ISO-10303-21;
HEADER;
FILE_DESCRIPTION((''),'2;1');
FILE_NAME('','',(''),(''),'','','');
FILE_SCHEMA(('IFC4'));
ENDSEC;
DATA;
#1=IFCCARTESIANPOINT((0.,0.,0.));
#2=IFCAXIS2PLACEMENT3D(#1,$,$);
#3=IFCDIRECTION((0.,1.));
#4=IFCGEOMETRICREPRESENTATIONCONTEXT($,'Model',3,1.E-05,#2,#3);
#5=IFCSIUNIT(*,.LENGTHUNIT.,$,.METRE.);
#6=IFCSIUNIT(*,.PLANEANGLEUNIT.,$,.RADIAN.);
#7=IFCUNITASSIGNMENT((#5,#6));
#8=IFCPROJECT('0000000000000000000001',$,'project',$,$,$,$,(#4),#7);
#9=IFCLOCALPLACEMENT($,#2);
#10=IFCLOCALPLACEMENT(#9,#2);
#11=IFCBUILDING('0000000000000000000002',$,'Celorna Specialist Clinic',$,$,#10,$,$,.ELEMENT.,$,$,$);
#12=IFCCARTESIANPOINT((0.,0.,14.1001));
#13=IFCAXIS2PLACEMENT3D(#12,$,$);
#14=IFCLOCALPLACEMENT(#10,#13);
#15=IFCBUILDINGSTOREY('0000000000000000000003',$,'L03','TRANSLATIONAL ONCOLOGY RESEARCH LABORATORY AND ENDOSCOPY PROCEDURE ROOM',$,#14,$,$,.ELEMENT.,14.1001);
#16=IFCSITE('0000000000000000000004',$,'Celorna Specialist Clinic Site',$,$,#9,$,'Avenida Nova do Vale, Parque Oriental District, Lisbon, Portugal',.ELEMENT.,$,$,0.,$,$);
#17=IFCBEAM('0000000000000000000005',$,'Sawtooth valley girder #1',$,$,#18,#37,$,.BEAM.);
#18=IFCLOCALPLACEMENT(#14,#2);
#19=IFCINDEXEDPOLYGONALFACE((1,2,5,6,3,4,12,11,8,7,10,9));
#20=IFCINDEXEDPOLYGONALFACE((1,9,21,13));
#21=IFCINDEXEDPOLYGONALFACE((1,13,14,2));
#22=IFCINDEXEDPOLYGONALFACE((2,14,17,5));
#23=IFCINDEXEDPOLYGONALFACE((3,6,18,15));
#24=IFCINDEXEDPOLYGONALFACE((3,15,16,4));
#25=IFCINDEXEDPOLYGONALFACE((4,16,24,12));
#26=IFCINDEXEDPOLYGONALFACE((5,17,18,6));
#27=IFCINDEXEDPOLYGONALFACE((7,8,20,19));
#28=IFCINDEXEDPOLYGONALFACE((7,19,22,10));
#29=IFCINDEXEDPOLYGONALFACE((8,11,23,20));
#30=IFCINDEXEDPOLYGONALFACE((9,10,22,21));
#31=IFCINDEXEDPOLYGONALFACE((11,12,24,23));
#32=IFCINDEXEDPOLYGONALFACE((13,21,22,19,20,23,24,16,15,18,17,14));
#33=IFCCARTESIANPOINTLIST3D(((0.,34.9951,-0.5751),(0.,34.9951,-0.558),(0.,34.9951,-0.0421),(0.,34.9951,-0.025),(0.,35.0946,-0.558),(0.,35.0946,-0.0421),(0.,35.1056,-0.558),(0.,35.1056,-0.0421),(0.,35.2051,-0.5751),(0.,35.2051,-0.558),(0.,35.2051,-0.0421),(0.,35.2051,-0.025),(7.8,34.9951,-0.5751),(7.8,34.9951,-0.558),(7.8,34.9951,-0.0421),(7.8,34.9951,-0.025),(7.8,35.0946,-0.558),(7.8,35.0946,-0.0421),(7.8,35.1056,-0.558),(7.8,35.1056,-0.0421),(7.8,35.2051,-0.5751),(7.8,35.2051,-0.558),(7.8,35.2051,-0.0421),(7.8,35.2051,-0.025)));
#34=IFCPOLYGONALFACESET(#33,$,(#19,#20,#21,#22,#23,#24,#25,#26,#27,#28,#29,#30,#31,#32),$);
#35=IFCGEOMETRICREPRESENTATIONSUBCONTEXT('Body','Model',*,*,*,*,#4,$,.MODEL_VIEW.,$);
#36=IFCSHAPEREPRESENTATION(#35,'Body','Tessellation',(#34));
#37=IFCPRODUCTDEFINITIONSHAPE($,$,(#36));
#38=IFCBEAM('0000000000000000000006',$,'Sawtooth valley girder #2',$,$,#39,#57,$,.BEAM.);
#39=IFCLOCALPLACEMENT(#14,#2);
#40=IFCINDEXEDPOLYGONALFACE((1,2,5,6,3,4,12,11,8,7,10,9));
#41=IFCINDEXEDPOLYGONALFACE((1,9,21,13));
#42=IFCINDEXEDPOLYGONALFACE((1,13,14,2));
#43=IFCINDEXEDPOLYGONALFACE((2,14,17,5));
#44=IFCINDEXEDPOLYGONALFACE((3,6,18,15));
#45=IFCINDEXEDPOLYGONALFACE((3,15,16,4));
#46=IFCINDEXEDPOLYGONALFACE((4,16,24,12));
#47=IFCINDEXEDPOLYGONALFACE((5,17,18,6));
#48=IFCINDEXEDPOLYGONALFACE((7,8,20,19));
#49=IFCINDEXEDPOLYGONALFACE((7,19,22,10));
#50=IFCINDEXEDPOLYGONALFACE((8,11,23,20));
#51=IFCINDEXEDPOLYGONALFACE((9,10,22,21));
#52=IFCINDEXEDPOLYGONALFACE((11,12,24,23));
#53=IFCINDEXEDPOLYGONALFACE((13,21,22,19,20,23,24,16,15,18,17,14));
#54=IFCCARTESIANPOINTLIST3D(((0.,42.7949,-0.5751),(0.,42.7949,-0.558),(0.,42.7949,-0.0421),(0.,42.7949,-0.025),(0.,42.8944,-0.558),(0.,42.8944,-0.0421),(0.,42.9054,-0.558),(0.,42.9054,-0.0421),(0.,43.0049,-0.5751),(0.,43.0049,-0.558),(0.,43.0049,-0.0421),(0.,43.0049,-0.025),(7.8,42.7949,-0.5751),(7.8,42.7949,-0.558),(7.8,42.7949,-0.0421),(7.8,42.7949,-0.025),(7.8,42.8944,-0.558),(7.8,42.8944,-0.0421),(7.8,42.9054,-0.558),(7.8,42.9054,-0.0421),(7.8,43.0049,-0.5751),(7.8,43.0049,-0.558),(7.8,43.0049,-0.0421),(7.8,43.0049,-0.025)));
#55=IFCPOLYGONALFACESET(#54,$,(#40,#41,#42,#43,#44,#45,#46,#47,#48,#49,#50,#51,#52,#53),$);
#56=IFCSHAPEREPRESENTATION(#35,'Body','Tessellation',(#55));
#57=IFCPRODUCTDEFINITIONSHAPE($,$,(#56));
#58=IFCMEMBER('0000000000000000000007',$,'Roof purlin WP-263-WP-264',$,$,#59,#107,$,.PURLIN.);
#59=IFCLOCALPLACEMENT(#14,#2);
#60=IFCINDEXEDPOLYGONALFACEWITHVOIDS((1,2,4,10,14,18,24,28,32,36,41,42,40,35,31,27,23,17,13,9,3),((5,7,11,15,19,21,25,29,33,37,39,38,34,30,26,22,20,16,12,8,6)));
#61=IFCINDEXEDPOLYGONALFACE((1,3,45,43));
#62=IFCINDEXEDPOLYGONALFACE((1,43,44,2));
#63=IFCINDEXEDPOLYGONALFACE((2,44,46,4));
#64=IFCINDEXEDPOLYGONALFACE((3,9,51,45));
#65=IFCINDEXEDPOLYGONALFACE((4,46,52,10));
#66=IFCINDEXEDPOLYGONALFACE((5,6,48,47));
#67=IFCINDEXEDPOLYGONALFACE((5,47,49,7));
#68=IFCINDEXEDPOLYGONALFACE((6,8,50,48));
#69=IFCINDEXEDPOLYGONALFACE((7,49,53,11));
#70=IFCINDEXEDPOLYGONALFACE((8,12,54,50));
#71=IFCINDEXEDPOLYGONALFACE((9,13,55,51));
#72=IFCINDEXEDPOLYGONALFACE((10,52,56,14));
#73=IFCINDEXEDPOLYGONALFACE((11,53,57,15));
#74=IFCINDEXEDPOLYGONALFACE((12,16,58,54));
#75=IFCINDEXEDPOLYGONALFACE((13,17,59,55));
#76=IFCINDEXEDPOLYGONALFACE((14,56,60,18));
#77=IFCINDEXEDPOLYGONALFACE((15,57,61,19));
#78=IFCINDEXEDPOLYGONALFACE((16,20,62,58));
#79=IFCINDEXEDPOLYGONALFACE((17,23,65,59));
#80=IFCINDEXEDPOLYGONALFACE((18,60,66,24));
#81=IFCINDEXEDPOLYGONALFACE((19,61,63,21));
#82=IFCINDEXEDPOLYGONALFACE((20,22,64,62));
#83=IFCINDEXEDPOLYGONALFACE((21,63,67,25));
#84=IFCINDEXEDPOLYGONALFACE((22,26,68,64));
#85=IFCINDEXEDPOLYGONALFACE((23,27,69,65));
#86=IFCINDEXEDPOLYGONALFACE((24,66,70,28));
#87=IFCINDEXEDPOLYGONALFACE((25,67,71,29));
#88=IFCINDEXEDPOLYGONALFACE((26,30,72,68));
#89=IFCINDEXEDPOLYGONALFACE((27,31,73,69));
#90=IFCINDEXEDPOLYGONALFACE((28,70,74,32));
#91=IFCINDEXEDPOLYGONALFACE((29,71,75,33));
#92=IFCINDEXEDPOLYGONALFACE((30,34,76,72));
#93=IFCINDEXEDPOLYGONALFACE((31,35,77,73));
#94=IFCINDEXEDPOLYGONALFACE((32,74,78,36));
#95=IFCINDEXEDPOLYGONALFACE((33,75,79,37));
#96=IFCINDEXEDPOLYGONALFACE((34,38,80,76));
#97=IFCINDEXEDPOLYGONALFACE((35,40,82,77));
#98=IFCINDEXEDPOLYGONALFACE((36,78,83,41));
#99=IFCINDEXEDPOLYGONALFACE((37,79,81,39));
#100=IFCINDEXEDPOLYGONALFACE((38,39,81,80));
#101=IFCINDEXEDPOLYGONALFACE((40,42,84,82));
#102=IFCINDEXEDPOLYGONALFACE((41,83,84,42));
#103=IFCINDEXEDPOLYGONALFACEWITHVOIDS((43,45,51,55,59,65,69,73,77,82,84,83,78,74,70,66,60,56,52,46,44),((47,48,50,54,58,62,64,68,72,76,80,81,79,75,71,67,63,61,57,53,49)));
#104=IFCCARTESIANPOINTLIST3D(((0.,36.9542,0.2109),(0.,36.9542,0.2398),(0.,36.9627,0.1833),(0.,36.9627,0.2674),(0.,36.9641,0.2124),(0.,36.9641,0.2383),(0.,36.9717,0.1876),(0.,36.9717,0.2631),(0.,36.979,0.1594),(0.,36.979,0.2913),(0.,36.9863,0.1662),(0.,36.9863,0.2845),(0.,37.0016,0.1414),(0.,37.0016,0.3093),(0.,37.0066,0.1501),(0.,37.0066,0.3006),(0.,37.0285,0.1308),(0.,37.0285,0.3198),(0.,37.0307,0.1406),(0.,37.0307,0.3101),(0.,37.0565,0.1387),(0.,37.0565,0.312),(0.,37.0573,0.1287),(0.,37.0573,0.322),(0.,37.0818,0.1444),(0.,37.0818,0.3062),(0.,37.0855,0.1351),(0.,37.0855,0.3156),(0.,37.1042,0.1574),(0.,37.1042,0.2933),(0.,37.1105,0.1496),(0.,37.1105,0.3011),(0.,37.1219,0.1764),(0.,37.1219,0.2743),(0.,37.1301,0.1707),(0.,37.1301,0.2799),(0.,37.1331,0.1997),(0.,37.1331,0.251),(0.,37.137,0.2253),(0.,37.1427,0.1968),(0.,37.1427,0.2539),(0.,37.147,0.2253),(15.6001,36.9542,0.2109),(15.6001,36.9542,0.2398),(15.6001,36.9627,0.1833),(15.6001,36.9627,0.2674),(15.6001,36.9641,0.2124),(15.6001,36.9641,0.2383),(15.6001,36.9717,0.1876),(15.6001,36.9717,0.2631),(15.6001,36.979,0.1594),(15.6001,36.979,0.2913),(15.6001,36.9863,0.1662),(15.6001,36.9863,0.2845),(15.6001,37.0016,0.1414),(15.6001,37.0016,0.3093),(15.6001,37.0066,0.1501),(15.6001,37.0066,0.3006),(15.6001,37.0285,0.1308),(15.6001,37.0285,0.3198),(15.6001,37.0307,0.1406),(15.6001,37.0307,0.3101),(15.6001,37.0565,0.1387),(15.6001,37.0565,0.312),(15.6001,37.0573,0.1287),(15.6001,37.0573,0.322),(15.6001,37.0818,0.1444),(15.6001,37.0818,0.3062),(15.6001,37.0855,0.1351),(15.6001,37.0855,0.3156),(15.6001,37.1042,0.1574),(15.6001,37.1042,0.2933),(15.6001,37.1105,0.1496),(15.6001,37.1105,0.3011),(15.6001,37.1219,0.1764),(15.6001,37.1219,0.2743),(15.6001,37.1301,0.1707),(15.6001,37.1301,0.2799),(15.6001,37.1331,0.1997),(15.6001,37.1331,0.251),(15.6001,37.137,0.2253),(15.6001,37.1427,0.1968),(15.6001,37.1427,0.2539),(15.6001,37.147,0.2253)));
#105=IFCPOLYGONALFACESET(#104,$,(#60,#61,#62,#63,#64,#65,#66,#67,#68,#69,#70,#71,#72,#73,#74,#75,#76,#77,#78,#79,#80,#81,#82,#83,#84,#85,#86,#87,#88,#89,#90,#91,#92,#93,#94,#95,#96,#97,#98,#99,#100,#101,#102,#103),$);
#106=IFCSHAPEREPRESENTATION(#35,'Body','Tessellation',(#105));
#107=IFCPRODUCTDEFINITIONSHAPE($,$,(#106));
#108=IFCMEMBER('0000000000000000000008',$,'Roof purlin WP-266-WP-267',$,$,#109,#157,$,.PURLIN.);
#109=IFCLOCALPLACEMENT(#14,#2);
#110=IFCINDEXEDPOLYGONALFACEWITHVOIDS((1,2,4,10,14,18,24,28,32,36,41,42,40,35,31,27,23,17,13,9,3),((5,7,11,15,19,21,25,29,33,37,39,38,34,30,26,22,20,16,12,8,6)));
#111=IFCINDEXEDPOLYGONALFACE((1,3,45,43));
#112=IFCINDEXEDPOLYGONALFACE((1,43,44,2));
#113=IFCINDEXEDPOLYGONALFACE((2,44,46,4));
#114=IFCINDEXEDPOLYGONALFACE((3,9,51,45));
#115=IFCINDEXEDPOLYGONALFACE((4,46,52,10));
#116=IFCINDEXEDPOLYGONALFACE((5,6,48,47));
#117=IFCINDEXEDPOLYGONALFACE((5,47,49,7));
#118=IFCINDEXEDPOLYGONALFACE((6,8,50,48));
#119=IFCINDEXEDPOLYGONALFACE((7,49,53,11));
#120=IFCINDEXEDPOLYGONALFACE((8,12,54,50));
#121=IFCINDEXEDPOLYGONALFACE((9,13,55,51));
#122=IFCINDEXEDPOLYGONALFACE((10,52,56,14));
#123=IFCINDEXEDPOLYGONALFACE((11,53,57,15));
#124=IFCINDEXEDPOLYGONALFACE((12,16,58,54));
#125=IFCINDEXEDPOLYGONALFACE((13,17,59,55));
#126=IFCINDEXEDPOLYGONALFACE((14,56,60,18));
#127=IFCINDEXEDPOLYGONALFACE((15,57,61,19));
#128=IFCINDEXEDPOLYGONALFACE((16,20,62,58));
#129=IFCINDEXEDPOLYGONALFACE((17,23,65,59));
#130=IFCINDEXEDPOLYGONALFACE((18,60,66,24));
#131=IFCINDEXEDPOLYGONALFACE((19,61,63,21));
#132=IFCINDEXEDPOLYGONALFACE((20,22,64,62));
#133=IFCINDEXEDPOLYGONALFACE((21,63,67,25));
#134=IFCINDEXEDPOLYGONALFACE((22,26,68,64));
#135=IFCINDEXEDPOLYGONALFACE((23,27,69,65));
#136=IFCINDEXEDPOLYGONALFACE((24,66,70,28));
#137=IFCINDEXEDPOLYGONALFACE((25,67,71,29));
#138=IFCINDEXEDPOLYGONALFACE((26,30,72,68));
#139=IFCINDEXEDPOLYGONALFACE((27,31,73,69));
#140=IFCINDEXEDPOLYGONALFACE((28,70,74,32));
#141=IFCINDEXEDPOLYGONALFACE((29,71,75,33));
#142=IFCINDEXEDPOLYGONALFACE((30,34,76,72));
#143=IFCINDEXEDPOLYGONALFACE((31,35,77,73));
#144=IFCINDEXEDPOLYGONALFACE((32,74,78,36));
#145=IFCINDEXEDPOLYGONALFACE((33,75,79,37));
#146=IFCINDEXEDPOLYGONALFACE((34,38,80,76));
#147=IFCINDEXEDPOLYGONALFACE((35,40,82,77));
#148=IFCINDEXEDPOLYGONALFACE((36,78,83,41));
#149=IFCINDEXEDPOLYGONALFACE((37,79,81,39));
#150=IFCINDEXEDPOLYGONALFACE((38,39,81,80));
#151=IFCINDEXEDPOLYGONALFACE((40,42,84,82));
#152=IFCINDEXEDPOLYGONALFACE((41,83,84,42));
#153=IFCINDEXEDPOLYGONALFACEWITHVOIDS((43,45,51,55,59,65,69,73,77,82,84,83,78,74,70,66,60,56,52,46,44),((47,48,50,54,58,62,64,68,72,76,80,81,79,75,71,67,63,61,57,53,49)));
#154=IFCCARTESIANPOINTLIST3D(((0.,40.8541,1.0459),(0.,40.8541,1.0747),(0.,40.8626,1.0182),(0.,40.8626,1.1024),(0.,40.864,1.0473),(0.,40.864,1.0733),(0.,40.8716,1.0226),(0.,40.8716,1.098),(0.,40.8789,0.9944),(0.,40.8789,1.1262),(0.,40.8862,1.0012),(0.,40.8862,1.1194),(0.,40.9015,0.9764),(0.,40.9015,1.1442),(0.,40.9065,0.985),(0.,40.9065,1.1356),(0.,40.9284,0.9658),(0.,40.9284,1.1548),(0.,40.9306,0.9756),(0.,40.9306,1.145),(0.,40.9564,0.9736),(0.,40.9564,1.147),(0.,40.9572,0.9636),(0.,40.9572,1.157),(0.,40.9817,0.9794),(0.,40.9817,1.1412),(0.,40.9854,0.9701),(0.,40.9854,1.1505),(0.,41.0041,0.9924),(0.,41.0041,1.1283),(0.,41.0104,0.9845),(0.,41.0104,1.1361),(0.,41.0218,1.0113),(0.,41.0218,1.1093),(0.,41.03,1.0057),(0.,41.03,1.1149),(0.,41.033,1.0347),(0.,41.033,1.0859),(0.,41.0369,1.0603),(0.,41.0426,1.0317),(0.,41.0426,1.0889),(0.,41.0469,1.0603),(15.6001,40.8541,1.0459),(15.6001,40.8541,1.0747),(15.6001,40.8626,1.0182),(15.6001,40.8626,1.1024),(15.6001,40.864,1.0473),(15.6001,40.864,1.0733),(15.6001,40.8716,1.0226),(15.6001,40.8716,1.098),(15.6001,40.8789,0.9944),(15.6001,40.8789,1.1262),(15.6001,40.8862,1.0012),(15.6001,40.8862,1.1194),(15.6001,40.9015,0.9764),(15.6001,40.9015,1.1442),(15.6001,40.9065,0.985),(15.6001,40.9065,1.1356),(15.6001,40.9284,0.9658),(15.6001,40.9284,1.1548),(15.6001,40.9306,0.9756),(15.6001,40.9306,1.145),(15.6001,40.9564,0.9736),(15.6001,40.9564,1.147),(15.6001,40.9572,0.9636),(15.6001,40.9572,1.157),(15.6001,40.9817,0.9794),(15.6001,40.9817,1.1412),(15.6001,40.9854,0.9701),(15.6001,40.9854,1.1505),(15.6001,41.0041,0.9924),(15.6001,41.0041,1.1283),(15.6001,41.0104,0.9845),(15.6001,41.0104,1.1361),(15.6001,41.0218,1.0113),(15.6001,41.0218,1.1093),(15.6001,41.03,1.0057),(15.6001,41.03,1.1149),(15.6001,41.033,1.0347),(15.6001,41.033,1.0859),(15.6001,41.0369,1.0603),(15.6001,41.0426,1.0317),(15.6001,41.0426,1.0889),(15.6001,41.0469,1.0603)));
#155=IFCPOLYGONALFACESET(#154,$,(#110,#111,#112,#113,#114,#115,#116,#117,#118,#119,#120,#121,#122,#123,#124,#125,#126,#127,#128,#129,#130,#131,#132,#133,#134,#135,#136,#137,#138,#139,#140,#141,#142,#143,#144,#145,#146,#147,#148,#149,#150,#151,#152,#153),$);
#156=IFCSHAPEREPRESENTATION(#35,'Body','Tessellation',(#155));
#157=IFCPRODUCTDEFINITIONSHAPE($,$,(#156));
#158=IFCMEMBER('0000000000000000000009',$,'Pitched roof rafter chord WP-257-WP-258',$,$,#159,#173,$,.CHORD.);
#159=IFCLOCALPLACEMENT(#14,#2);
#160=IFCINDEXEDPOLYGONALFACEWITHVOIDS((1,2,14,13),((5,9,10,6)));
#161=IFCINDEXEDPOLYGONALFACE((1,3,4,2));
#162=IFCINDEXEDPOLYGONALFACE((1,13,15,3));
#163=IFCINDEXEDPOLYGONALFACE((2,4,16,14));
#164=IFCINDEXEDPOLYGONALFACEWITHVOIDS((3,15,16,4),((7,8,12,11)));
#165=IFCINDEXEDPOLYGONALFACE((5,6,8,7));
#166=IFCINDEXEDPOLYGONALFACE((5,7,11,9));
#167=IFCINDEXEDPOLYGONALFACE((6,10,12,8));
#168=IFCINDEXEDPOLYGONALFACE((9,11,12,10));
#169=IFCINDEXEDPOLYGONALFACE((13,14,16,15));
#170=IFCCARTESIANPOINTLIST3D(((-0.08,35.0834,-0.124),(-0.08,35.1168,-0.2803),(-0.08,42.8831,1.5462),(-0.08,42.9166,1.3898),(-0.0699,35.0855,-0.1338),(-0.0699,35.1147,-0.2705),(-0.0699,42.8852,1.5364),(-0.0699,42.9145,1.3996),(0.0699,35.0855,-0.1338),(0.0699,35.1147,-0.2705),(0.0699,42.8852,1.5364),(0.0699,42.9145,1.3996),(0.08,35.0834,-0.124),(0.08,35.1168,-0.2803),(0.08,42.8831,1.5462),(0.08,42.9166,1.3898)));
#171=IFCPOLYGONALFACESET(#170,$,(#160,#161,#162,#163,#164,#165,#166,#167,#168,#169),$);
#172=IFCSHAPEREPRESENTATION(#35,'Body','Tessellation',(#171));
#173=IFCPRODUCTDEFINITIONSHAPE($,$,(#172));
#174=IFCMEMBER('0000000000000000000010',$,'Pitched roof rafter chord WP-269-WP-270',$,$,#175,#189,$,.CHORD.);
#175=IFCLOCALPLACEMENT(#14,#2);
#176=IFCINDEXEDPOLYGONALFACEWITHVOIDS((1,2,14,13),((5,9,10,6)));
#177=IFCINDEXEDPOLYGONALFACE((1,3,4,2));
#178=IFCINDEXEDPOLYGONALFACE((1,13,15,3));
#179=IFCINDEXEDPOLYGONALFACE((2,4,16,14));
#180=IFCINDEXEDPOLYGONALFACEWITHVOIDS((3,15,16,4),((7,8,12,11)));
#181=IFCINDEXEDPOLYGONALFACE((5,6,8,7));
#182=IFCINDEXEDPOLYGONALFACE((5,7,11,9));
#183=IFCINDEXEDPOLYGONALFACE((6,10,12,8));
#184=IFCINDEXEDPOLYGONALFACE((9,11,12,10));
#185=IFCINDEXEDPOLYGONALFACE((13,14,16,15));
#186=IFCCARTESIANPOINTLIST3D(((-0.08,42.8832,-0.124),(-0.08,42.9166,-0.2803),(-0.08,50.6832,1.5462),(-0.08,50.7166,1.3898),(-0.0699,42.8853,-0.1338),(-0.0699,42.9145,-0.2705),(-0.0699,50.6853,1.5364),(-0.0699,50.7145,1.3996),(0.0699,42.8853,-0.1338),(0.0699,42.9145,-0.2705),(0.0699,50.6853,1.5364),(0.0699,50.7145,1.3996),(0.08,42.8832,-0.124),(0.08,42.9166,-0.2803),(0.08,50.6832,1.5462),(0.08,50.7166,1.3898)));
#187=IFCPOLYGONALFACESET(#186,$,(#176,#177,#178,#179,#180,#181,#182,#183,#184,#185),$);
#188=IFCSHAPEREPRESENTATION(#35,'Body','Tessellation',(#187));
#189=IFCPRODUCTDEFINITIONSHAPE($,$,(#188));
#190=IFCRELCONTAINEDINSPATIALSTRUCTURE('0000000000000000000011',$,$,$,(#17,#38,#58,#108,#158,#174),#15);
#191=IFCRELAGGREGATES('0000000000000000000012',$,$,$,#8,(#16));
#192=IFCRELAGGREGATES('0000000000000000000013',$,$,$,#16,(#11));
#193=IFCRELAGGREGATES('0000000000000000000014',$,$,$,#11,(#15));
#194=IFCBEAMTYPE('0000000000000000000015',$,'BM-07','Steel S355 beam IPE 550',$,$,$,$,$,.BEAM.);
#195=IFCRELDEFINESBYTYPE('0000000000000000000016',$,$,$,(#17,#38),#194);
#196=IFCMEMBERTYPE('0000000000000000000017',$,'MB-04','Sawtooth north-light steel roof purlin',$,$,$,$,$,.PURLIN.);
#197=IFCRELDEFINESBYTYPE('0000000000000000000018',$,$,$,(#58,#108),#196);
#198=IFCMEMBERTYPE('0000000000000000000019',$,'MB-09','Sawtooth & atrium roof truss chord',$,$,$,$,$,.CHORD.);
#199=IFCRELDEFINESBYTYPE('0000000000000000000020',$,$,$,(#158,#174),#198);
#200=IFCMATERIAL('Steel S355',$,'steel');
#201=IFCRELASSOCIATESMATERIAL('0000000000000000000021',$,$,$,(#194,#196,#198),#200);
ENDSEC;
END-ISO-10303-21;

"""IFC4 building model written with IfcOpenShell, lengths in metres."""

from ifc_helpers import new_model, si_unit, direction, frame, origin, origin_2d, place, context, subcontext, project, spatial, hollow_rectangle, hollow_circle, i_section, extrude, material, material_profile, profile_set, type_object, element, save


model = new_model("IFC4")

# Units and contexts
model_context = context("Model", 3, precision=1e-05, world=origin(), true_north=direction((0.0, 1.0)))
body_context = subcontext(model_context, "Body", "Model", "MODEL_VIEW")
ifc_project = project(units=[si_unit("LENGTHUNIT", "METRE"), si_unit("PLANEANGLEUNIT", "RADIAN")], contexts=[model_context])

# Site, building, storey
site_placement = place(None, origin())
site = spatial("IfcSite", under=ifc_project, at=site_placement, Name="Celorna Specialist Clinic Site", LongName="Avenida Nova do Vale, Parque Oriental District, Lisbon, Portugal", CompositionType="ELEMENT", RefElevation=0.0)
building_placement = place(site_placement, origin())
building = spatial("IfcBuilding", under=site, at=building_placement, Name="Celorna Specialist Clinic", CompositionType="ELEMENT")
storey_placement = place(building_placement, frame((0.0, 0.0, 14.1001)))
storey = spatial("IfcBuildingStorey", under=building, at=storey_placement, Name="L03", Description="TRANSLATIONAL ONCOLOGY RESEARCH LABORATORY AND ENDOSCOPY PROCEDURE ROOM", CompositionType="ELEMENT", Elevation=14.1001)

# Beams
ifc_material_1 = material(Name="Steel S355", Category="steel")
ifc_material_profile_1 = material_profile(ifc_material_1, i_section(OverallWidth=0.21, OverallDepth=0.55, WebThickness=0.011, FlangeThickness=0.0171, at=origin_2d()), Name="IPE 550")
ifc_profile_set_1 = profile_set([ifc_material_profile_1], Name="Steel S355")
beam_type = type_object("IfcBeamType", Name="BM-07", Description="Steel S355 beam IPE 550", PredefinedType="BEAM", material=ifc_profile_set_1)
for number, where, z_axis, x_axis, name in (
    (1, (0.0, 35.1001, -0.3), (1.0, 0.0, 0.0), (0.0, 1.0, 0.0), "Sawtooth valley girder #1"),
    (2, (0.0, 42.8999, -0.3), (1.0, 0.0, 0.0), (0.0, 1.0, 0.0), "Sawtooth valley girder #2"),
):
    element("IfcBeam", number, at=place(storey_placement, frame(where, z_axis=z_axis, x_axis=x_axis)), inside=storey, type_object=beam_type, Name=name, PredefinedType="BEAM", context=body_context, shape_type="SweptSolid", body=[
        extrude(i_section(OverallWidth=0.21, OverallDepth=0.55, WebThickness=0.011, FlangeThickness=0.0171, at=origin_2d()), origin(), (0.0, 0.0, 1.0), 7.8),
    ])

# Members
ifc_material_profile_2 = material_profile(ifc_material_1, hollow_circle(Radius=0.0969, WallThickness=0.01, at=origin_2d()), Name="CHS 193.7x10")
ifc_profile_set_2 = profile_set([ifc_material_profile_2], Name="Steel S355")
member_type_1 = type_object("IfcMemberType", Name="MB-04", Description="Sawtooth north-light steel roof purlin", PredefinedType="PURLIN", material=ifc_profile_set_2)
for number, where, z_axis, x_axis, name in (
    (3, (0.0, 37.05, 0.2253), (1.0, 0.0, 0.0), (0.0, 1.0, 0.0), "Roof purlin WP-263-WP-264"),
    (4, (0.0, 40.95, 1.0603), (1.0, 0.0, 0.0), (0.0, 1.0, 0.0), "Roof purlin WP-266-WP-267"),
):
    element("IfcMember", number, at=place(storey_placement, frame(where, z_axis=z_axis, x_axis=x_axis)), inside=storey, type_object=member_type_1, Name=name, PredefinedType="PURLIN", context=body_context, shape_type="SweptSolid", body=[
        extrude(hollow_circle(Radius=0.0969, WallThickness=0.01, at=origin_2d()), origin(), (0.0, 0.0, 1.0), 15.6001),
    ])
ifc_material_profile_3 = material_profile(ifc_material_1, hollow_rectangle(XDim=0.1599, YDim=0.1599, WallThickness=0.01, at=origin_2d()), Name="SHS 160x160x10")
ifc_profile_set_3 = profile_set([ifc_material_profile_3], Name="Steel S355")
member_type_2 = type_object("IfcMemberType", Name="MB-09", Description="Sawtooth & atrium roof truss chord", PredefinedType="CHORD", material=ifc_profile_set_3)
member_1_placement = place(storey_placement, frame((0.0, 35.1001, -0.2021), z_axis=(0.0, 0.977834, 0.209383), x_axis=(-1.0, 0.0, 0.0)))
element("IfcMember", 5, at=member_1_placement, inside=storey, type_object=member_type_2, Name="Pitched roof rafter chord WP-257-WP-258", PredefinedType="CHORD", context=body_context, shape_type="SweptSolid", body=[
    extrude(hollow_rectangle(XDim=0.1599, YDim=0.1599, WallThickness=0.01, at=origin_2d()), origin(), (0.0, 0.0, 1.0), 7.9766),
])
member_2_placement = place(storey_placement, frame((0.0, 42.8999, -0.2021), z_axis=(0.0, 0.977835, 0.209377), x_axis=(-1.0, 0.0, 0.0)))
element("IfcMember", 6, at=member_2_placement, inside=storey, type_object=member_type_2, Name="Pitched roof rafter chord WP-269-WP-270", PredefinedType="CHORD", context=body_context, shape_type="SweptSolid", body=[
    extrude(hollow_rectangle(XDim=0.1599, YDim=0.1599, WallThickness=0.01, at=origin_2d()), origin(), (0.0, 0.0, 1.0), 7.9768),
])

save(model, "model.ifc")
